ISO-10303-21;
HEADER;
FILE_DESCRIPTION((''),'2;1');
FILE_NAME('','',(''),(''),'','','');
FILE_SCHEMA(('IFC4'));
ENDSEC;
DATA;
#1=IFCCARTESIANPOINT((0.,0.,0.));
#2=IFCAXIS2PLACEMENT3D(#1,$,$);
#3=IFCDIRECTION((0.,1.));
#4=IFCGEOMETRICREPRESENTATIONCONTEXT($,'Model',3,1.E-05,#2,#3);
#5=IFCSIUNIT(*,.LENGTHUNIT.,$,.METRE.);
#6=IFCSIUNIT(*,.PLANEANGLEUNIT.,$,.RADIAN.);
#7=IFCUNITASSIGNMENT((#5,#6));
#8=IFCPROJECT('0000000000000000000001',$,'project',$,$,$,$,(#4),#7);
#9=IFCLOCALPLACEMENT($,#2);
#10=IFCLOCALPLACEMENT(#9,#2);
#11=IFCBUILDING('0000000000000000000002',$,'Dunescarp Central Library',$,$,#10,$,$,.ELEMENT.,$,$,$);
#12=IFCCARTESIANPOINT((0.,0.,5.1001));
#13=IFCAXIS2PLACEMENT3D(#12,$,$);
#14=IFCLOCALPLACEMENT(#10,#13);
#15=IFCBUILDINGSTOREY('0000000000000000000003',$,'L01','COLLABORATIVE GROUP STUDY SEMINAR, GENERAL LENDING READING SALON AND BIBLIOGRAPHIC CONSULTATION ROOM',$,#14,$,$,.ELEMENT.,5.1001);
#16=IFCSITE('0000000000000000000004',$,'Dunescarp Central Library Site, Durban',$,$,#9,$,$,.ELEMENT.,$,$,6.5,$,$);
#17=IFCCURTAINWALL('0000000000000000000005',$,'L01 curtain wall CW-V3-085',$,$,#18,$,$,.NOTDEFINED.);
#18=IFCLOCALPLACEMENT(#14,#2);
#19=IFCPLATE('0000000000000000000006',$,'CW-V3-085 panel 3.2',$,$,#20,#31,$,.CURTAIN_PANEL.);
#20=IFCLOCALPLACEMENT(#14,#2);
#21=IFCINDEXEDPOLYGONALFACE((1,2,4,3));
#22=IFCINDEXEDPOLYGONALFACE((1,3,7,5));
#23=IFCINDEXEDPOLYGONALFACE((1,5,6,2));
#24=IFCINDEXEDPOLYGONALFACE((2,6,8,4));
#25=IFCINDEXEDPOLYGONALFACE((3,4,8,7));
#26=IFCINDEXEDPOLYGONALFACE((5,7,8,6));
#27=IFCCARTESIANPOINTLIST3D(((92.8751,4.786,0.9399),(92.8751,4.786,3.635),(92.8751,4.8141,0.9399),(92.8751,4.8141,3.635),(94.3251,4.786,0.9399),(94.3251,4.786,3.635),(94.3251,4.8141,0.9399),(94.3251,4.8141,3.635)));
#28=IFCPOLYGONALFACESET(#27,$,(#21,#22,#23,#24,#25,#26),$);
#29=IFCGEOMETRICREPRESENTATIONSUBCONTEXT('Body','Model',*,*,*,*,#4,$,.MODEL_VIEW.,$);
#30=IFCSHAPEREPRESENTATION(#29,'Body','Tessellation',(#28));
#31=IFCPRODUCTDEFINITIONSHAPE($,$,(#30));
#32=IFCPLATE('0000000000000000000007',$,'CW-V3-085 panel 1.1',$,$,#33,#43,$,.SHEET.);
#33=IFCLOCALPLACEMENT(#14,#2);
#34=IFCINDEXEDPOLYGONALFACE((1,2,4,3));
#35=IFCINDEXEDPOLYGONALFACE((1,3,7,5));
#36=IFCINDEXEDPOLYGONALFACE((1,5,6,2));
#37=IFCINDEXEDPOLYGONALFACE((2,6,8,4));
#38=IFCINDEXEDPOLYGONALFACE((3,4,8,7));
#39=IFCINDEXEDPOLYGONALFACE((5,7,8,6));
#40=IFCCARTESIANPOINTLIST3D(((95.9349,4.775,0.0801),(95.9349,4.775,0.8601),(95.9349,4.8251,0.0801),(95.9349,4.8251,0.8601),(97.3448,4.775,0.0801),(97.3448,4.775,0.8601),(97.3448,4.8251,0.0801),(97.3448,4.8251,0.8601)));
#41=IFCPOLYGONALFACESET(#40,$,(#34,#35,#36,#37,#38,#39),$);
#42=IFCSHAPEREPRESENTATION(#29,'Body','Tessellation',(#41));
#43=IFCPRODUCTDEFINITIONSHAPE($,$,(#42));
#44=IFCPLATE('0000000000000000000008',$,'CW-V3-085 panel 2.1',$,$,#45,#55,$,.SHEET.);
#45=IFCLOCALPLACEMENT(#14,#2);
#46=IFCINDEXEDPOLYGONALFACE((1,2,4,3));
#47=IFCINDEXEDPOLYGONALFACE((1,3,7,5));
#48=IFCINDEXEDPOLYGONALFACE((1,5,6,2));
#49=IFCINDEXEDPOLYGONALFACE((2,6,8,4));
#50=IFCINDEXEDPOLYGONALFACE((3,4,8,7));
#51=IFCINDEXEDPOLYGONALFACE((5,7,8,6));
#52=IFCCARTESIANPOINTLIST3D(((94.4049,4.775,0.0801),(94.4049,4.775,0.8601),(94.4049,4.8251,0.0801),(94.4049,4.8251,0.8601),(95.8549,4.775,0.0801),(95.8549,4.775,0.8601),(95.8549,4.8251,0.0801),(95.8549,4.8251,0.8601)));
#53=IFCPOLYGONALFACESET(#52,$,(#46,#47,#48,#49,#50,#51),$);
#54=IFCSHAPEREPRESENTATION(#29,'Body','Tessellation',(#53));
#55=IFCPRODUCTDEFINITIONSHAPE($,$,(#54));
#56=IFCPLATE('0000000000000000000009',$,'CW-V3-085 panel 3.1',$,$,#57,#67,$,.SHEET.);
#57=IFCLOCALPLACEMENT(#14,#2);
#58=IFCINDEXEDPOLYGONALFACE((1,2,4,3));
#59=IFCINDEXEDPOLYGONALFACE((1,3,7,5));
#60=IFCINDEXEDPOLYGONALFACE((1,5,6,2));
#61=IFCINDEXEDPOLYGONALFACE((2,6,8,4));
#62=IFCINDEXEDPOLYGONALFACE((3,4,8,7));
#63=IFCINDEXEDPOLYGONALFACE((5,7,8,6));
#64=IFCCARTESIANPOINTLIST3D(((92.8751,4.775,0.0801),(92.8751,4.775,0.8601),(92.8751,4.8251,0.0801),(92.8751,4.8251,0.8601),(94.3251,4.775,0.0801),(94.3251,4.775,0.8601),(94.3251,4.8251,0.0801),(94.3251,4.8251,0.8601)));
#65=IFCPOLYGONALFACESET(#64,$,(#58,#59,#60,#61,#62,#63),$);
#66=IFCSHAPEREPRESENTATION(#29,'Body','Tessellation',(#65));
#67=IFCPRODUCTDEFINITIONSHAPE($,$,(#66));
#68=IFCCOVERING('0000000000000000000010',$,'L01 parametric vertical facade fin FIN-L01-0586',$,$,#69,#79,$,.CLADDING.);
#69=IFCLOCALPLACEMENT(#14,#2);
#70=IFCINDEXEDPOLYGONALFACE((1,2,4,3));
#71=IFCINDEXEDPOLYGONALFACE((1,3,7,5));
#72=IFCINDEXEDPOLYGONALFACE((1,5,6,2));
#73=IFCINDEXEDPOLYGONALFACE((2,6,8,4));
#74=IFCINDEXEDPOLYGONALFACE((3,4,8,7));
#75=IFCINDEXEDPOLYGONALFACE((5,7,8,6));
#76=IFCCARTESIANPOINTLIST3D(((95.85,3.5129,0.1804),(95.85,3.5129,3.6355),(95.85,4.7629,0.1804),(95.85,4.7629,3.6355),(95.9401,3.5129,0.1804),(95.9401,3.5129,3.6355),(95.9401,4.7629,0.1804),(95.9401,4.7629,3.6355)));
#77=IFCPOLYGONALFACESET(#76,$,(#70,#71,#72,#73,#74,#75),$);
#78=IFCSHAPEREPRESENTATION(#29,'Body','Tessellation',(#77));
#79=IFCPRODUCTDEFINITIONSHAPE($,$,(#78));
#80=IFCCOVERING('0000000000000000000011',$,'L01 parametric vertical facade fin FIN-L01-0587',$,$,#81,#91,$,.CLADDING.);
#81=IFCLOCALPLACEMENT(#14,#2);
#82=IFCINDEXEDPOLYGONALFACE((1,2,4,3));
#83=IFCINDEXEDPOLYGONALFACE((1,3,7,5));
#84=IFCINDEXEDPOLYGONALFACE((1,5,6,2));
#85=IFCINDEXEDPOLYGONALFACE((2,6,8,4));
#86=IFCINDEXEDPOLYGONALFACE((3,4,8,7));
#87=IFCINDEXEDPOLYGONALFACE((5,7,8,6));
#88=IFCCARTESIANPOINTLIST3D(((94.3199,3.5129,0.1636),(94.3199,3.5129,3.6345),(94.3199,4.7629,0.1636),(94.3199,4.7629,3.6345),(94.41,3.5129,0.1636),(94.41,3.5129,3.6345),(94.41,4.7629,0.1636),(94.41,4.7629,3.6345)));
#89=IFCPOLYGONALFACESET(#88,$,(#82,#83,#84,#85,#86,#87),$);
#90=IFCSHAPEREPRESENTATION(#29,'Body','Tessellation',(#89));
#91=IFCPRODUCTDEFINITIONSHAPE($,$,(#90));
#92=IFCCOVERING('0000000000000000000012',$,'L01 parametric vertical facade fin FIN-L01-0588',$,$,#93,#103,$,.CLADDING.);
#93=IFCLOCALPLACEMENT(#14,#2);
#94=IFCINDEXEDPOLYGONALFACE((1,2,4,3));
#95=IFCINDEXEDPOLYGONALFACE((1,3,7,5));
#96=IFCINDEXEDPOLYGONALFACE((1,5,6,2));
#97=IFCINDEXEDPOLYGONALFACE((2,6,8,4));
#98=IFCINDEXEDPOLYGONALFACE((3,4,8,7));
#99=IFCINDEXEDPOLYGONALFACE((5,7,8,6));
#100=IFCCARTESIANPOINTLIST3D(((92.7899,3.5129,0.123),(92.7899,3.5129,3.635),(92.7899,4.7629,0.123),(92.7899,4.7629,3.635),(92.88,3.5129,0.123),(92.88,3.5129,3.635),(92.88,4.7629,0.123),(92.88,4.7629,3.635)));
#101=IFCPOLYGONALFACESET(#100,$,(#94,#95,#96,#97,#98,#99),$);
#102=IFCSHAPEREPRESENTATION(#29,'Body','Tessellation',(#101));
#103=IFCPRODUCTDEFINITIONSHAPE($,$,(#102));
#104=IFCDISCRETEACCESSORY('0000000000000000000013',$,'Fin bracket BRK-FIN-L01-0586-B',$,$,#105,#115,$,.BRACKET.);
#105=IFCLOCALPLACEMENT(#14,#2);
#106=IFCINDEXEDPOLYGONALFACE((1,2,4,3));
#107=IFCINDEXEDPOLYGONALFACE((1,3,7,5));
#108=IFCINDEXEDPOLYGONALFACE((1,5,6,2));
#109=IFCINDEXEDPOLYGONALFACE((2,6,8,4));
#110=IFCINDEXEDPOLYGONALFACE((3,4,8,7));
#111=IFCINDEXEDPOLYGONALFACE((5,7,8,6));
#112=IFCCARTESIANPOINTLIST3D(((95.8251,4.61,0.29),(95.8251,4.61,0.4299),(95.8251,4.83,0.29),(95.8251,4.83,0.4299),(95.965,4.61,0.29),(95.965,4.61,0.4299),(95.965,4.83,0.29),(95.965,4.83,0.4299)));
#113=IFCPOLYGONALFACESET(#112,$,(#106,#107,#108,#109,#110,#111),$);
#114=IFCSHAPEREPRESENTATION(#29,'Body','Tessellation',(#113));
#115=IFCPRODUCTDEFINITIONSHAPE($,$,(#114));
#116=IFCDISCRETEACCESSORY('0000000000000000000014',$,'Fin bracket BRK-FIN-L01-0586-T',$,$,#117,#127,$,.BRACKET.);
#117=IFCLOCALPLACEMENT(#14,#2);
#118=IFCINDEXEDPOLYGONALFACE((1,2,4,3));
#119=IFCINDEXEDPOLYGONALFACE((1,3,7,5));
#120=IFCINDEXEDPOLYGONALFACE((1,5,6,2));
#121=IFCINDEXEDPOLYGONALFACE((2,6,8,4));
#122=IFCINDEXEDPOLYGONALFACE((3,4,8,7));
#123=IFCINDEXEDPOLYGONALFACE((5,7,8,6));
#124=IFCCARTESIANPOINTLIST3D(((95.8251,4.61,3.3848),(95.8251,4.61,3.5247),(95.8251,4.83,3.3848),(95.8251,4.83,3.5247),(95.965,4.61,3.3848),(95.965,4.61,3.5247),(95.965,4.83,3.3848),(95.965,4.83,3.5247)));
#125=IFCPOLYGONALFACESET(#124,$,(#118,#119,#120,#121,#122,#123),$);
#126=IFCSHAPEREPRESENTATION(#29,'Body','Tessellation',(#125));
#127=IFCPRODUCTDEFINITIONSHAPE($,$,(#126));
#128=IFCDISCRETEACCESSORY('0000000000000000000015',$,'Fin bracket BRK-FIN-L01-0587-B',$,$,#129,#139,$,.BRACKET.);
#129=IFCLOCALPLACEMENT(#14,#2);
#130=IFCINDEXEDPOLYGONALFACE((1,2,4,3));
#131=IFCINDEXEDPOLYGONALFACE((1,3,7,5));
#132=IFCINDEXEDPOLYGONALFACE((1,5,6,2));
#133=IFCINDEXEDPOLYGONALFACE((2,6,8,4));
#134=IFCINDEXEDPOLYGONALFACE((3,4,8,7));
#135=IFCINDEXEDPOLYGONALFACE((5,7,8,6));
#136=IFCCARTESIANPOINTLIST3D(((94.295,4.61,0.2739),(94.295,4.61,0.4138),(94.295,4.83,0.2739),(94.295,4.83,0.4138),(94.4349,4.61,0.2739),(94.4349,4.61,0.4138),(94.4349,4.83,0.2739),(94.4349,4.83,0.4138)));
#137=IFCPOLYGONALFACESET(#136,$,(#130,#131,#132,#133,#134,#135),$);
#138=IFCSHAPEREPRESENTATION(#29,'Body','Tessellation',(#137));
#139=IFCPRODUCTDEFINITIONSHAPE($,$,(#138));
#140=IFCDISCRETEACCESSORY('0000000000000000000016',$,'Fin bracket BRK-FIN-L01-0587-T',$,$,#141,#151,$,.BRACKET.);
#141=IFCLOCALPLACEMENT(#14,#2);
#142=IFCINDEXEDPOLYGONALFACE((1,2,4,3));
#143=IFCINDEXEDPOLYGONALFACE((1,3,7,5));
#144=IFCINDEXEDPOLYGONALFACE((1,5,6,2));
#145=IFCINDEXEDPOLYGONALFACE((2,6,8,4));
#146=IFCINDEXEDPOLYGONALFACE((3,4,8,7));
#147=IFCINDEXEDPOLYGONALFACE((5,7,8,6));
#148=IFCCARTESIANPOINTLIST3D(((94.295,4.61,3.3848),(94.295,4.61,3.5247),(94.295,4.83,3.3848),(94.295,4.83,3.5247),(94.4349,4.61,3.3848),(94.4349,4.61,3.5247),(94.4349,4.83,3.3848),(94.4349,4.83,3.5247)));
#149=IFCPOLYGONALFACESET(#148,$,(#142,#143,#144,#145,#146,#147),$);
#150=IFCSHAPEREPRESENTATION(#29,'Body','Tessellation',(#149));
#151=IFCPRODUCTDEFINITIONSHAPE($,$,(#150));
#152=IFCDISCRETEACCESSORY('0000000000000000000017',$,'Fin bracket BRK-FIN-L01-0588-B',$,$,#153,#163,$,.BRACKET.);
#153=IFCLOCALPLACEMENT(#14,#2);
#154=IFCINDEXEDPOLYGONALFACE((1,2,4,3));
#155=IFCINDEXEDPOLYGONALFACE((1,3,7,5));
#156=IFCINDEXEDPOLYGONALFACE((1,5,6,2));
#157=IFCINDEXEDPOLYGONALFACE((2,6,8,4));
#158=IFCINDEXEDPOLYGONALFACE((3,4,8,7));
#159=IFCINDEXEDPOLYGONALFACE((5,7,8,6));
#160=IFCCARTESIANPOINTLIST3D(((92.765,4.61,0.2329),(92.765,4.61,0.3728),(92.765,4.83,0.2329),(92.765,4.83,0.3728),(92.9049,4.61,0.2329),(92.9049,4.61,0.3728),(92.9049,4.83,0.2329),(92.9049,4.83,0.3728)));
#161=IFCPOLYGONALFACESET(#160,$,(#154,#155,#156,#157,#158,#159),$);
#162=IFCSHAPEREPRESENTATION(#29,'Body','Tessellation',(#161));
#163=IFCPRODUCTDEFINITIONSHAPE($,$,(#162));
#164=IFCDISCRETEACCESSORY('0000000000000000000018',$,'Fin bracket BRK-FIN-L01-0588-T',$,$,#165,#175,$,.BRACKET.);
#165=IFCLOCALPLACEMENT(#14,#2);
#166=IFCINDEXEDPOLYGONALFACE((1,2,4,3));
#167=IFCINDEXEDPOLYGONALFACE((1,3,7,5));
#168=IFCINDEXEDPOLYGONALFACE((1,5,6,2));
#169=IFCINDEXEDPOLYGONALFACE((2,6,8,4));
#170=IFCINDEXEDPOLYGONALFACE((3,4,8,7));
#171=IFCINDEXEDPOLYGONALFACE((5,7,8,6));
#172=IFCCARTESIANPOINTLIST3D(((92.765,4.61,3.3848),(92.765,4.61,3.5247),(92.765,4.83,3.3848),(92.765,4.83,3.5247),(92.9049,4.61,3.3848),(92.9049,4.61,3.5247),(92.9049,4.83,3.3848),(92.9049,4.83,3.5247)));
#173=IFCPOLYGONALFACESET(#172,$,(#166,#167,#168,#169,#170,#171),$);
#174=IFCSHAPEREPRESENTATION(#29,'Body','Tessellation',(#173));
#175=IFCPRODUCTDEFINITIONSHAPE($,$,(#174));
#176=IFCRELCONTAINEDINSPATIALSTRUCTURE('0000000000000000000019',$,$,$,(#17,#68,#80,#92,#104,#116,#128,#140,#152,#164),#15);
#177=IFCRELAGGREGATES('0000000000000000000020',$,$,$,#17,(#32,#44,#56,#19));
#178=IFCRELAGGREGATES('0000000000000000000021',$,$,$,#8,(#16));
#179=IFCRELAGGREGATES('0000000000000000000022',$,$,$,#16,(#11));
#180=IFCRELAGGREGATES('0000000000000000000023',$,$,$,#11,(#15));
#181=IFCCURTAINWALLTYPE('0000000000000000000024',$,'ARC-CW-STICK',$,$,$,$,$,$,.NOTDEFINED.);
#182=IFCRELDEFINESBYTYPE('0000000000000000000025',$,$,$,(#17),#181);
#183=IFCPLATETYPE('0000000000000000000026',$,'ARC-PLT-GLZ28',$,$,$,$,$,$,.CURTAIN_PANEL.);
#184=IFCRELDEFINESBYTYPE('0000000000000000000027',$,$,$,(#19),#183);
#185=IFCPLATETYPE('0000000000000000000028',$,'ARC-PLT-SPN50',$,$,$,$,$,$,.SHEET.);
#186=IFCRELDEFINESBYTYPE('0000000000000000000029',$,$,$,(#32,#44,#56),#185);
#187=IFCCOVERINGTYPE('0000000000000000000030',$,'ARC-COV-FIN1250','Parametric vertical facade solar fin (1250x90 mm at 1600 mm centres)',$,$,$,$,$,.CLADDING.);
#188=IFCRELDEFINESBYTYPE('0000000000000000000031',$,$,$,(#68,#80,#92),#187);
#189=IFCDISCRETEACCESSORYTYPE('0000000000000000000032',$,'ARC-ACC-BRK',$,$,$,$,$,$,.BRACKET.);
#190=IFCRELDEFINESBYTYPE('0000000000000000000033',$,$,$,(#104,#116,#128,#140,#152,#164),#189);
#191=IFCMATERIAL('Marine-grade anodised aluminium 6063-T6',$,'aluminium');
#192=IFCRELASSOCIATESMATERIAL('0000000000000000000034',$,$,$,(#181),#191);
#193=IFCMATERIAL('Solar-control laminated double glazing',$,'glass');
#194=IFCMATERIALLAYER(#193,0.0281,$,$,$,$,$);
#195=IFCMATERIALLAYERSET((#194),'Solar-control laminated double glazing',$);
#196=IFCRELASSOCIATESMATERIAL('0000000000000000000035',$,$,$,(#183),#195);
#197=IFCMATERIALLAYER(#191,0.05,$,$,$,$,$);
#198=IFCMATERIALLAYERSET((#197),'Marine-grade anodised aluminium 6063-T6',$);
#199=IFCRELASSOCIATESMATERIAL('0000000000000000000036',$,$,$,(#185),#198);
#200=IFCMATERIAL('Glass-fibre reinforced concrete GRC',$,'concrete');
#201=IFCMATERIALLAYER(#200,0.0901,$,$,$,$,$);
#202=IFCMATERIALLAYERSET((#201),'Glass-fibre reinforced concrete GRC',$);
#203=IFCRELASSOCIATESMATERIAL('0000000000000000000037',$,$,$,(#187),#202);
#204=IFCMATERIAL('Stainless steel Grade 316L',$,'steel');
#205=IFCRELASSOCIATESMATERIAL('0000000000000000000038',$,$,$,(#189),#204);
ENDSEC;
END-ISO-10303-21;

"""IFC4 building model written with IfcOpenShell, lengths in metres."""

from ifc_helpers import new_model, si_unit, direction, frame, origin, origin_2d, place, context, subcontext, project, spatial, rectangle, extrude, material, layer, layer_set, type_object, element, aggregate, save


model = new_model("IFC4")

# Units and contexts
model_context = context("Model", 3, precision=1e-05, world=origin(), true_north=direction((0.0, 1.0)))
body_context = subcontext(model_context, "Body", "Model", "MODEL_VIEW")
ifc_project = project(units=[si_unit("LENGTHUNIT", "METRE"), si_unit("PLANEANGLEUNIT", "RADIAN")], contexts=[model_context])

# Site, building, storey
site_placement = place(None, origin())
site = spatial("IfcSite", under=ifc_project, at=site_placement, Name="Dunescarp Central Library Site, Durban", CompositionType="ELEMENT", RefElevation=6.5)
building_placement = place(site_placement, origin())
building = spatial("IfcBuilding", under=site, at=building_placement, Name="Dunescarp Central Library", CompositionType="ELEMENT")
storey_placement = place(building_placement, frame((0.0, 0.0, 5.1001)))
storey = spatial("IfcBuildingStorey", under=building, at=storey_placement, Name="L01", Description="COLLABORATIVE GROUP STUDY SEMINAR, GENERAL LENDING READING SALON AND BIBLIOGRAPHIC CONSULTATION ROOM", CompositionType="ELEMENT", Elevation=5.1001)

# Curtain wall, plates
ifc_material_1 = material(Name="Marine-grade anodised aluminium 6063-T6", Category="aluminium")
curtain_wall_type = type_object("IfcCurtainWallType", Name="ARC-CW-STICK", PredefinedType="NOTDEFINED", material=ifc_material_1)
curtain_wall_placement = place(storey_placement, origin())
curtain_wall = element("IfcCurtainWall", 1, at=curtain_wall_placement, inside=storey, type_object=curtain_wall_type, Name="L01 curtain wall CW-V3-085", PredefinedType="NOTDEFINED")
ifc_material_2 = material(Name="Solar-control laminated double glazing", Category="glass")
ifc_layer_1 = layer(ifc_material_2, 0.0281)
ifc_layer_set_1 = layer_set([ifc_layer_1], Name="Solar-control laminated double glazing")
plate_type_1 = type_object("IfcPlateType", Name="ARC-PLT-GLZ28", PredefinedType="CURTAIN_PANEL", material=ifc_layer_set_1)
plate_1_placement = place(storey_placement, frame((93.6001, 4.8, 0.9399), z_axis=(0.0, 0.0, 1.0), x_axis=(-1.0, 0.0, 0.0)))
plate_1 = element("IfcPlate", 2, at=plate_1_placement, type_object=plate_type_1, Name="CW-V3-085 panel 3.2", PredefinedType="CURTAIN_PANEL", context=body_context, shape_type="SweptSolid", body=[
    extrude(rectangle(XDim=1.45, YDim=0.0281, at=origin_2d()), origin(), (0.0, 0.0, 1.0), 2.6951),
])
ifc_layer_2 = layer(ifc_material_1, 0.05)
ifc_layer_set_2 = layer_set([ifc_layer_2], Name="Marine-grade anodised aluminium 6063-T6")
plate_type_2 = type_object("IfcPlateType", Name="ARC-PLT-SPN50", PredefinedType="SHEET", material=ifc_layer_set_2)
plate_2_placement = place(storey_placement, frame((96.6399, 4.8, 0.0801), z_axis=(0.0, 0.0, 1.0), x_axis=(-1.0, 0.0, 0.0)))
plate_2 = element("IfcPlate", 3, at=plate_2_placement, type_object=plate_type_2, Name="CW-V3-085 panel 1.1", PredefinedType="SHEET", context=body_context, shape_type="SweptSolid", body=[
    extrude(rectangle(XDim=1.4099, YDim=0.05, at=origin_2d()), origin(), (0.0, 0.0, 1.0), 0.78),
])
plate_3_placement = place(storey_placement, frame((95.1299, 4.8, 0.0801), z_axis=(0.0, 0.0, 1.0), x_axis=(-1.0, 0.0, 0.0)))
plate_3 = element("IfcPlate", 4, at=plate_3_placement, type_object=plate_type_2, Name="CW-V3-085 panel 2.1", PredefinedType="SHEET", context=body_context, shape_type="SweptSolid", body=[
    extrude(rectangle(XDim=1.45, YDim=0.05, at=origin_2d()), origin(), (0.0, 0.0, 1.0), 0.78),
])
plate_4_placement = place(storey_placement, frame((93.6001, 4.8, 0.0801), z_axis=(0.0, 0.0, 1.0), x_axis=(-1.0, 0.0, 0.0)))
plate_4 = element("IfcPlate", 5, at=plate_4_placement, type_object=plate_type_2, Name="CW-V3-085 panel 3.1", PredefinedType="SHEET", context=body_context, shape_type="SweptSolid", body=[
    extrude(rectangle(XDim=1.45, YDim=0.05, at=origin_2d()), origin(), (0.0, 0.0, 1.0), 0.78),
])
aggregate(curtain_wall, [plate_2, plate_3, plate_4, plate_1])

# Coverings
ifc_material_3 = material(Name="Glass-fibre reinforced concrete GRC", Category="concrete")
ifc_layer_3 = layer(ifc_material_3, 0.0901)
ifc_layer_set_3 = layer_set([ifc_layer_3], Name="Glass-fibre reinforced concrete GRC")
covering_type = type_object("IfcCoveringType", Name="ARC-COV-FIN1250", Description="Parametric vertical facade solar fin (1250x90 mm at 1600 mm centres)", PredefinedType="CLADDING", material=ifc_layer_set_3)
covering_1_placement = place(storey_placement, frame((95.895, 4.1379, 0.1804), z_axis=(0.0, 0.0, 1.0), x_axis=(0.0, -1.0, 0.0)))
element("IfcCovering", 6, at=covering_1_placement, inside=storey, type_object=covering_type, Name="L01 parametric vertical facade fin FIN-L01-0586", PredefinedType="CLADDING", context=body_context, shape_type="SweptSolid", body=[
    extrude(rectangle(XDim=1.25, YDim=0.0901, at=origin_2d()), origin(), (0.0, 0.0, 1.0), 3.4551),
])
covering_2_placement = place(storey_placement, frame((94.365, 4.1379, 0.1636), z_axis=(0.0, 0.0, 1.0), x_axis=(0.0, -1.0, 0.0)))
element("IfcCovering", 7, at=covering_2_placement, inside=storey, type_object=covering_type, Name="L01 parametric vertical facade fin FIN-L01-0587", PredefinedType="CLADDING", context=body_context, shape_type="SweptSolid", body=[
    extrude(rectangle(XDim=1.25, YDim=0.0901, at=origin_2d()), origin(), (0.0, 0.0, 1.0), 3.4709),
])
covering_3_placement = place(storey_placement, frame((92.835, 4.1379, 0.123), z_axis=(0.0, 0.0, 1.0), x_axis=(0.0, -1.0, 0.0)))
element("IfcCovering", 8, at=covering_3_placement, inside=storey, type_object=covering_type, Name="L01 parametric vertical facade fin FIN-L01-0588", PredefinedType="CLADDING", context=body_context, shape_type="SweptSolid", body=[
    extrude(rectangle(XDim=1.25, YDim=0.0901, at=origin_2d()), origin(), (0.0, 0.0, 1.0), 3.512),
])

# Discrete accessories
ifc_material_4 = material(Name="Stainless steel Grade 316L", Category="steel")
discrete_accessory_type = type_object("IfcDiscreteAccessoryType", Name="ARC-ACC-BRK", PredefinedType="BRACKET", material=ifc_material_4)
for number, where, z_axis, x_axis, name in (
    (9, (95.895, 4.72, 0.29), (0.0, 0.0, 1.0), (0.0, -1.0, 0.0), "Fin bracket BRK-FIN-L01-0586-B"),
    (10, (95.895, 4.72, 3.3848), (0.0, 0.0, 1.0), (0.0, -1.0, 0.0), "Fin bracket BRK-FIN-L01-0586-T"),
    (11, (94.365, 4.72, 0.2739), (0.0, 0.0, 1.0), (0.0, -1.0, 0.0), "Fin bracket BRK-FIN-L01-0587-B"),
    (12, (94.365, 4.72, 3.3848), (0.0, 0.0, 1.0), (0.0, -1.0, 0.0), "Fin bracket BRK-FIN-L01-0587-T"),
    (13, (92.835, 4.72, 0.2329), (0.0, 0.0, 1.0), (0.0, -1.0, 0.0), "Fin bracket BRK-FIN-L01-0588-B"),
    (14, (92.835, 4.72, 3.3848), (0.0, 0.0, 1.0), (0.0, -1.0, 0.0), "Fin bracket BRK-FIN-L01-0588-T"),
):
    element("IfcDiscreteAccessory", number, at=place(storey_placement, frame(where, z_axis=z_axis, x_axis=x_axis)), inside=storey, type_object=discrete_accessory_type, Name=name, PredefinedType="BRACKET", context=body_context, shape_type="SweptSolid", body=[
        extrude(rectangle(XDim=0.22, YDim=0.1399, at=origin_2d()), origin(), (0.0, 0.0, 1.0), 0.1399),
    ])

save(model, "model.ifc")
